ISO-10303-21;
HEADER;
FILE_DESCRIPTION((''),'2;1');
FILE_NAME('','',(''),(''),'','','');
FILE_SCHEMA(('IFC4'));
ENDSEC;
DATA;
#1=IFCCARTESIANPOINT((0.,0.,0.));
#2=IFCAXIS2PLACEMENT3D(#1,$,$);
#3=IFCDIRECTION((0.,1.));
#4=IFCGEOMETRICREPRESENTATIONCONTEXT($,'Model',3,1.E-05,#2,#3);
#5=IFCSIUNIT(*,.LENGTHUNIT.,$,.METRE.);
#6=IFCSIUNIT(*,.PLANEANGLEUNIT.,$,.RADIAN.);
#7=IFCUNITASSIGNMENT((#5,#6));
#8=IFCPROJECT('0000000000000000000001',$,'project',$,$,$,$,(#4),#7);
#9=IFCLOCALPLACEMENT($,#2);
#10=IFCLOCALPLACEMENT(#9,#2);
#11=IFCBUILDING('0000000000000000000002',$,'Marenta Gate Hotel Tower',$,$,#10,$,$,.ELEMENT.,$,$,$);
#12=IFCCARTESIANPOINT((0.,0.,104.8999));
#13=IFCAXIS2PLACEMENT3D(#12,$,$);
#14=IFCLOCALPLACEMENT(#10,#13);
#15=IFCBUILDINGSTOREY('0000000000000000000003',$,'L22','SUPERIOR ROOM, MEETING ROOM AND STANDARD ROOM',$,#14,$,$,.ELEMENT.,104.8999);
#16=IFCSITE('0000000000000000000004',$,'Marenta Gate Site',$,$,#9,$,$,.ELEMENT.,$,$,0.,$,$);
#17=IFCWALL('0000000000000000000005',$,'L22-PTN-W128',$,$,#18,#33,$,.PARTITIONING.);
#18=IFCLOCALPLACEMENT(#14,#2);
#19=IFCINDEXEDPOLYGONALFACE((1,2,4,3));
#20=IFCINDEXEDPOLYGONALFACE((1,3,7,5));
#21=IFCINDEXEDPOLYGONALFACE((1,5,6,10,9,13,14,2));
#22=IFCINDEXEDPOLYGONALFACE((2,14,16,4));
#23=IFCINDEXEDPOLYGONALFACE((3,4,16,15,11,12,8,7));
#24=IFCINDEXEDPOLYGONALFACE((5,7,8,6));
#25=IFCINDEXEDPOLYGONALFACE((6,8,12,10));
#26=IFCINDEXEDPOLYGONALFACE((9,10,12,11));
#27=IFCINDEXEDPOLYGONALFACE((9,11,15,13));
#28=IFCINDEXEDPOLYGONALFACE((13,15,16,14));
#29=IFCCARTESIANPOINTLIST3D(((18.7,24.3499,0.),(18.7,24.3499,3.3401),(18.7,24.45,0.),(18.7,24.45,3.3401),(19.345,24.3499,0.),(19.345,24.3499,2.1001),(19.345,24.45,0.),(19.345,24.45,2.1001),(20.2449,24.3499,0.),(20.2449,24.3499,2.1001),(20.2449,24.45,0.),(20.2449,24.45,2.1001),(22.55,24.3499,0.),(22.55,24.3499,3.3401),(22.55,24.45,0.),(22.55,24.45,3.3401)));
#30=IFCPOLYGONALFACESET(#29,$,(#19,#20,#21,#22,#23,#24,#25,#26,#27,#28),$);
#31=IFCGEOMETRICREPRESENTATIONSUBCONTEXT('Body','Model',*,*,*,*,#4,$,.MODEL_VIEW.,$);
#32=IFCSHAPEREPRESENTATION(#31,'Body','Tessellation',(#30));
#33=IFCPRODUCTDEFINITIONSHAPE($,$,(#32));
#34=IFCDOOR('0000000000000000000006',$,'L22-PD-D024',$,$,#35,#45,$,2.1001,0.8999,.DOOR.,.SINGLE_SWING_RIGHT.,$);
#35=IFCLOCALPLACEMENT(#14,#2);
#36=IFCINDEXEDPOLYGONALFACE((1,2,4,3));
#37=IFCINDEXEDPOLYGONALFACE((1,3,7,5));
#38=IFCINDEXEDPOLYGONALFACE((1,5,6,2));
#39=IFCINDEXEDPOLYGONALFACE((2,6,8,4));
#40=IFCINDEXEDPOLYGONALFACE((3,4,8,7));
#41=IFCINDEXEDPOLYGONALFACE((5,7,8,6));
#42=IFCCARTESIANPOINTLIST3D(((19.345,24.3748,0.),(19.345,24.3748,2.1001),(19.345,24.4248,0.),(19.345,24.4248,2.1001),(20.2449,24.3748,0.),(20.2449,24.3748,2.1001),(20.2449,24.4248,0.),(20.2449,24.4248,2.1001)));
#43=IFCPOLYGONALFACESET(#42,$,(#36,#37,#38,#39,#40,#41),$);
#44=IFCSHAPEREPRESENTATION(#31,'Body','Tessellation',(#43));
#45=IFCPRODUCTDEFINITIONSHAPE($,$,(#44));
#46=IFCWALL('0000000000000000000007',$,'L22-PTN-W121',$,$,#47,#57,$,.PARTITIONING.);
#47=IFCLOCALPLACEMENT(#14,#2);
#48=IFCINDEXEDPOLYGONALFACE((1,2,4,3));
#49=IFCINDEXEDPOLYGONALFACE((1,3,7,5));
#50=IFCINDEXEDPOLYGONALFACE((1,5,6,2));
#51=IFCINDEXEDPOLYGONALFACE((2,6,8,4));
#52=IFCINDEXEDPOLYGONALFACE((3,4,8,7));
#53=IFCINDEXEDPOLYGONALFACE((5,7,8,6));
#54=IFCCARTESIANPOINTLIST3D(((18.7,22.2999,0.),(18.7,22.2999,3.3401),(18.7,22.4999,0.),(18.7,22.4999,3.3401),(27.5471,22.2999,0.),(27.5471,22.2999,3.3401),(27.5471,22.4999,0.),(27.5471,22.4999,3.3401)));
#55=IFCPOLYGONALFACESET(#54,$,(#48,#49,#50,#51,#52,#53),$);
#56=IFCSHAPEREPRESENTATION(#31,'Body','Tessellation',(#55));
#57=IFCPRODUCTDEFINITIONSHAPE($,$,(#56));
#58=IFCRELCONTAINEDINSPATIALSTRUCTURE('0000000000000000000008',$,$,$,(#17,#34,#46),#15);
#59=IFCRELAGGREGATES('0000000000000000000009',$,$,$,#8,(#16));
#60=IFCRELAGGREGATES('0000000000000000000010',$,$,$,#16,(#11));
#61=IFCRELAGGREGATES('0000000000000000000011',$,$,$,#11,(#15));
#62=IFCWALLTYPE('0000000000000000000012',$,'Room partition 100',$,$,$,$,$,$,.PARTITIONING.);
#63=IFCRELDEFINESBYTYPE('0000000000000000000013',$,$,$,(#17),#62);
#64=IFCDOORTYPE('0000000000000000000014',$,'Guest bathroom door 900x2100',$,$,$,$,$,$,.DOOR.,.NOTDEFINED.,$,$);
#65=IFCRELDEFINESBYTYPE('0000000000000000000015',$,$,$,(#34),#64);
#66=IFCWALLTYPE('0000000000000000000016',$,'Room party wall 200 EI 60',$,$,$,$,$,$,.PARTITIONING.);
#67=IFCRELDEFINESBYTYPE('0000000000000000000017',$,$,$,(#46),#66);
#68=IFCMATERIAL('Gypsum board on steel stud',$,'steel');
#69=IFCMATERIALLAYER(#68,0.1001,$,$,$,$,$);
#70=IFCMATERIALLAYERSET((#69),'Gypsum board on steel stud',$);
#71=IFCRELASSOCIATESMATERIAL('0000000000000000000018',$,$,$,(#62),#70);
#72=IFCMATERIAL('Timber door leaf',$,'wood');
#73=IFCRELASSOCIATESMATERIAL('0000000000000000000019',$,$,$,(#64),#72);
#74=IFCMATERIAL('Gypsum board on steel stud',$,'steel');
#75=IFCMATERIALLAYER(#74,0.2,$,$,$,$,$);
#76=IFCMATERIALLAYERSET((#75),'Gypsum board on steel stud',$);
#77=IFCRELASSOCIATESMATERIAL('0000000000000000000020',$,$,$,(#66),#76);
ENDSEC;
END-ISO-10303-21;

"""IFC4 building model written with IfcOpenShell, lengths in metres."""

from ifc_helpers import new_model, si_unit, direction, frame, frame_2d, origin, place, context, subcontext, project, spatial, rectangle, extrude, material, layer, layer_set, type_object, element, fill, save


model = new_model("IFC4")

# Units and contexts
model_context = context("Model", 3, precision=1e-05, world=origin(), true_north=direction((0.0, 1.0)))
body_context = subcontext(model_context, "Body", "Model", "MODEL_VIEW")
ifc_project = project(units=[si_unit("LENGTHUNIT", "METRE"), si_unit("PLANEANGLEUNIT", "RADIAN")], contexts=[model_context])

# Site, building, storey
site_placement = place(None, origin())
site = spatial("IfcSite", under=ifc_project, at=site_placement, Name="Marenta Gate Site", CompositionType="ELEMENT", RefElevation=0.0)
building_placement = place(site_placement, origin())
building = spatial("IfcBuilding", under=site, at=building_placement, Name="Marenta Gate Hotel Tower", CompositionType="ELEMENT")
storey_placement = place(building_placement, frame((0.0, 0.0, 104.8999)))
storey = spatial("IfcBuildingStorey", under=building, at=storey_placement, Name="L22", Description="SUPERIOR ROOM, MEETING ROOM AND STANDARD ROOM", CompositionType="ELEMENT", Elevation=104.8999)

# Shared definitions
ifc_material_1 = material(Name="Gypsum board on steel stud", Category="steel")
ifc_layer_1 = layer(ifc_material_1, 0.1001)
ifc_layer_set_1 = layer_set([ifc_layer_1], Name="Gypsum board on steel stud")
wall_type_1 = type_object("IfcWallType", Name="Room partition 100", PredefinedType="PARTITIONING", material=ifc_layer_set_1)

# Shared definitions
ifc_material_2 = material(Name="Timber door leaf", Category="wood")
door_type = type_object("IfcDoorType", Name="Guest bathroom door 900x2100", OperationType="NOTDEFINED", PredefinedType="DOOR", material=ifc_material_2)

# Wall, opening, door
wall_1_placement = place(storey_placement, frame((18.7, 24.3999, 0.0), z_axis=(0.0, 0.0, 1.0), x_axis=(1.0, 0.0, 0.0)))
wall_1 = element("IfcWall", 1, at=wall_1_placement, inside=storey, type_object=wall_type_1, Name="L22-PTN-W128", PredefinedType="PARTITIONING", context=body_context, shape_type="SweptSolid", body=[
    extrude(rectangle(XDim=3.8501, YDim=0.1001, at=frame_2d((1.925, 0.0))), origin(), (0.0, 0.0, 1.0), 3.3401),
])
opening_1_placement = place(wall_1_placement, frame((0.645, 0.0, 0.0)))
opening_1 = element("IfcOpeningElement", 2, at=opening_1_placement, cuts=wall_1, PredefinedType="OPENING", context=body_context, shape_type="SweptSolid", body=[
    extrude(rectangle(XDim=0.8999, YDim=2.1001, at=frame_2d((0.45, 1.05))), frame((0.0, 0.05, 0.0), z_axis=(0.0, -1.0, 0.0), x_axis=(1.0, 0.0, 0.0)), (0.0, 0.0, 1.0), 0.1001),
])
door_1_placement = place(opening_1_placement, origin())
door_1 = element("IfcDoor", 3, at=door_1_placement, inside=storey, type_object=door_type, Name="L22-PD-D024", OperationType="SINGLE_SWING_RIGHT", OverallHeight=2.1001, OverallWidth=0.8999, PredefinedType="DOOR", context=body_context, shape_type="SweptSolid", body=[
    extrude(rectangle(XDim=0.8999, YDim=2.1001, at=frame_2d((0.45, 1.05))), frame((0.0, 0.0249, 0.0), z_axis=(0.0, -1.0, 0.0), x_axis=(1.0, 0.0, 0.0)), (0.0, 0.0, 1.0), 0.05),
])
fill(opening_1, door_1)

# Wall
ifc_material_3 = material(Name="Gypsum board on steel stud", Category="steel")
ifc_layer_2 = layer(ifc_material_3, 0.2)
ifc_layer_set_2 = layer_set([ifc_layer_2], Name="Gypsum board on steel stud")
wall_type_2 = type_object("IfcWallType", Name="Room party wall 200 EI 60", PredefinedType="PARTITIONING", material=ifc_layer_set_2)
wall_2_placement = place(storey_placement, frame((18.7, 22.3999, 0.0), z_axis=(0.0, 0.0, 1.0), x_axis=(1.0, 0.0, 0.0)))
element("IfcWall", 4, at=wall_2_placement, inside=storey, type_object=wall_type_2, Name="L22-PTN-W121", PredefinedType="PARTITIONING", context=body_context, shape_type="SweptSolid", body=[
    extrude(rectangle(XDim=8.8472, YDim=0.2, at=frame_2d((4.4236, 0.0))), origin(), (0.0, 0.0, 1.0), 3.3401),
])

save(model, "model.ifc")
